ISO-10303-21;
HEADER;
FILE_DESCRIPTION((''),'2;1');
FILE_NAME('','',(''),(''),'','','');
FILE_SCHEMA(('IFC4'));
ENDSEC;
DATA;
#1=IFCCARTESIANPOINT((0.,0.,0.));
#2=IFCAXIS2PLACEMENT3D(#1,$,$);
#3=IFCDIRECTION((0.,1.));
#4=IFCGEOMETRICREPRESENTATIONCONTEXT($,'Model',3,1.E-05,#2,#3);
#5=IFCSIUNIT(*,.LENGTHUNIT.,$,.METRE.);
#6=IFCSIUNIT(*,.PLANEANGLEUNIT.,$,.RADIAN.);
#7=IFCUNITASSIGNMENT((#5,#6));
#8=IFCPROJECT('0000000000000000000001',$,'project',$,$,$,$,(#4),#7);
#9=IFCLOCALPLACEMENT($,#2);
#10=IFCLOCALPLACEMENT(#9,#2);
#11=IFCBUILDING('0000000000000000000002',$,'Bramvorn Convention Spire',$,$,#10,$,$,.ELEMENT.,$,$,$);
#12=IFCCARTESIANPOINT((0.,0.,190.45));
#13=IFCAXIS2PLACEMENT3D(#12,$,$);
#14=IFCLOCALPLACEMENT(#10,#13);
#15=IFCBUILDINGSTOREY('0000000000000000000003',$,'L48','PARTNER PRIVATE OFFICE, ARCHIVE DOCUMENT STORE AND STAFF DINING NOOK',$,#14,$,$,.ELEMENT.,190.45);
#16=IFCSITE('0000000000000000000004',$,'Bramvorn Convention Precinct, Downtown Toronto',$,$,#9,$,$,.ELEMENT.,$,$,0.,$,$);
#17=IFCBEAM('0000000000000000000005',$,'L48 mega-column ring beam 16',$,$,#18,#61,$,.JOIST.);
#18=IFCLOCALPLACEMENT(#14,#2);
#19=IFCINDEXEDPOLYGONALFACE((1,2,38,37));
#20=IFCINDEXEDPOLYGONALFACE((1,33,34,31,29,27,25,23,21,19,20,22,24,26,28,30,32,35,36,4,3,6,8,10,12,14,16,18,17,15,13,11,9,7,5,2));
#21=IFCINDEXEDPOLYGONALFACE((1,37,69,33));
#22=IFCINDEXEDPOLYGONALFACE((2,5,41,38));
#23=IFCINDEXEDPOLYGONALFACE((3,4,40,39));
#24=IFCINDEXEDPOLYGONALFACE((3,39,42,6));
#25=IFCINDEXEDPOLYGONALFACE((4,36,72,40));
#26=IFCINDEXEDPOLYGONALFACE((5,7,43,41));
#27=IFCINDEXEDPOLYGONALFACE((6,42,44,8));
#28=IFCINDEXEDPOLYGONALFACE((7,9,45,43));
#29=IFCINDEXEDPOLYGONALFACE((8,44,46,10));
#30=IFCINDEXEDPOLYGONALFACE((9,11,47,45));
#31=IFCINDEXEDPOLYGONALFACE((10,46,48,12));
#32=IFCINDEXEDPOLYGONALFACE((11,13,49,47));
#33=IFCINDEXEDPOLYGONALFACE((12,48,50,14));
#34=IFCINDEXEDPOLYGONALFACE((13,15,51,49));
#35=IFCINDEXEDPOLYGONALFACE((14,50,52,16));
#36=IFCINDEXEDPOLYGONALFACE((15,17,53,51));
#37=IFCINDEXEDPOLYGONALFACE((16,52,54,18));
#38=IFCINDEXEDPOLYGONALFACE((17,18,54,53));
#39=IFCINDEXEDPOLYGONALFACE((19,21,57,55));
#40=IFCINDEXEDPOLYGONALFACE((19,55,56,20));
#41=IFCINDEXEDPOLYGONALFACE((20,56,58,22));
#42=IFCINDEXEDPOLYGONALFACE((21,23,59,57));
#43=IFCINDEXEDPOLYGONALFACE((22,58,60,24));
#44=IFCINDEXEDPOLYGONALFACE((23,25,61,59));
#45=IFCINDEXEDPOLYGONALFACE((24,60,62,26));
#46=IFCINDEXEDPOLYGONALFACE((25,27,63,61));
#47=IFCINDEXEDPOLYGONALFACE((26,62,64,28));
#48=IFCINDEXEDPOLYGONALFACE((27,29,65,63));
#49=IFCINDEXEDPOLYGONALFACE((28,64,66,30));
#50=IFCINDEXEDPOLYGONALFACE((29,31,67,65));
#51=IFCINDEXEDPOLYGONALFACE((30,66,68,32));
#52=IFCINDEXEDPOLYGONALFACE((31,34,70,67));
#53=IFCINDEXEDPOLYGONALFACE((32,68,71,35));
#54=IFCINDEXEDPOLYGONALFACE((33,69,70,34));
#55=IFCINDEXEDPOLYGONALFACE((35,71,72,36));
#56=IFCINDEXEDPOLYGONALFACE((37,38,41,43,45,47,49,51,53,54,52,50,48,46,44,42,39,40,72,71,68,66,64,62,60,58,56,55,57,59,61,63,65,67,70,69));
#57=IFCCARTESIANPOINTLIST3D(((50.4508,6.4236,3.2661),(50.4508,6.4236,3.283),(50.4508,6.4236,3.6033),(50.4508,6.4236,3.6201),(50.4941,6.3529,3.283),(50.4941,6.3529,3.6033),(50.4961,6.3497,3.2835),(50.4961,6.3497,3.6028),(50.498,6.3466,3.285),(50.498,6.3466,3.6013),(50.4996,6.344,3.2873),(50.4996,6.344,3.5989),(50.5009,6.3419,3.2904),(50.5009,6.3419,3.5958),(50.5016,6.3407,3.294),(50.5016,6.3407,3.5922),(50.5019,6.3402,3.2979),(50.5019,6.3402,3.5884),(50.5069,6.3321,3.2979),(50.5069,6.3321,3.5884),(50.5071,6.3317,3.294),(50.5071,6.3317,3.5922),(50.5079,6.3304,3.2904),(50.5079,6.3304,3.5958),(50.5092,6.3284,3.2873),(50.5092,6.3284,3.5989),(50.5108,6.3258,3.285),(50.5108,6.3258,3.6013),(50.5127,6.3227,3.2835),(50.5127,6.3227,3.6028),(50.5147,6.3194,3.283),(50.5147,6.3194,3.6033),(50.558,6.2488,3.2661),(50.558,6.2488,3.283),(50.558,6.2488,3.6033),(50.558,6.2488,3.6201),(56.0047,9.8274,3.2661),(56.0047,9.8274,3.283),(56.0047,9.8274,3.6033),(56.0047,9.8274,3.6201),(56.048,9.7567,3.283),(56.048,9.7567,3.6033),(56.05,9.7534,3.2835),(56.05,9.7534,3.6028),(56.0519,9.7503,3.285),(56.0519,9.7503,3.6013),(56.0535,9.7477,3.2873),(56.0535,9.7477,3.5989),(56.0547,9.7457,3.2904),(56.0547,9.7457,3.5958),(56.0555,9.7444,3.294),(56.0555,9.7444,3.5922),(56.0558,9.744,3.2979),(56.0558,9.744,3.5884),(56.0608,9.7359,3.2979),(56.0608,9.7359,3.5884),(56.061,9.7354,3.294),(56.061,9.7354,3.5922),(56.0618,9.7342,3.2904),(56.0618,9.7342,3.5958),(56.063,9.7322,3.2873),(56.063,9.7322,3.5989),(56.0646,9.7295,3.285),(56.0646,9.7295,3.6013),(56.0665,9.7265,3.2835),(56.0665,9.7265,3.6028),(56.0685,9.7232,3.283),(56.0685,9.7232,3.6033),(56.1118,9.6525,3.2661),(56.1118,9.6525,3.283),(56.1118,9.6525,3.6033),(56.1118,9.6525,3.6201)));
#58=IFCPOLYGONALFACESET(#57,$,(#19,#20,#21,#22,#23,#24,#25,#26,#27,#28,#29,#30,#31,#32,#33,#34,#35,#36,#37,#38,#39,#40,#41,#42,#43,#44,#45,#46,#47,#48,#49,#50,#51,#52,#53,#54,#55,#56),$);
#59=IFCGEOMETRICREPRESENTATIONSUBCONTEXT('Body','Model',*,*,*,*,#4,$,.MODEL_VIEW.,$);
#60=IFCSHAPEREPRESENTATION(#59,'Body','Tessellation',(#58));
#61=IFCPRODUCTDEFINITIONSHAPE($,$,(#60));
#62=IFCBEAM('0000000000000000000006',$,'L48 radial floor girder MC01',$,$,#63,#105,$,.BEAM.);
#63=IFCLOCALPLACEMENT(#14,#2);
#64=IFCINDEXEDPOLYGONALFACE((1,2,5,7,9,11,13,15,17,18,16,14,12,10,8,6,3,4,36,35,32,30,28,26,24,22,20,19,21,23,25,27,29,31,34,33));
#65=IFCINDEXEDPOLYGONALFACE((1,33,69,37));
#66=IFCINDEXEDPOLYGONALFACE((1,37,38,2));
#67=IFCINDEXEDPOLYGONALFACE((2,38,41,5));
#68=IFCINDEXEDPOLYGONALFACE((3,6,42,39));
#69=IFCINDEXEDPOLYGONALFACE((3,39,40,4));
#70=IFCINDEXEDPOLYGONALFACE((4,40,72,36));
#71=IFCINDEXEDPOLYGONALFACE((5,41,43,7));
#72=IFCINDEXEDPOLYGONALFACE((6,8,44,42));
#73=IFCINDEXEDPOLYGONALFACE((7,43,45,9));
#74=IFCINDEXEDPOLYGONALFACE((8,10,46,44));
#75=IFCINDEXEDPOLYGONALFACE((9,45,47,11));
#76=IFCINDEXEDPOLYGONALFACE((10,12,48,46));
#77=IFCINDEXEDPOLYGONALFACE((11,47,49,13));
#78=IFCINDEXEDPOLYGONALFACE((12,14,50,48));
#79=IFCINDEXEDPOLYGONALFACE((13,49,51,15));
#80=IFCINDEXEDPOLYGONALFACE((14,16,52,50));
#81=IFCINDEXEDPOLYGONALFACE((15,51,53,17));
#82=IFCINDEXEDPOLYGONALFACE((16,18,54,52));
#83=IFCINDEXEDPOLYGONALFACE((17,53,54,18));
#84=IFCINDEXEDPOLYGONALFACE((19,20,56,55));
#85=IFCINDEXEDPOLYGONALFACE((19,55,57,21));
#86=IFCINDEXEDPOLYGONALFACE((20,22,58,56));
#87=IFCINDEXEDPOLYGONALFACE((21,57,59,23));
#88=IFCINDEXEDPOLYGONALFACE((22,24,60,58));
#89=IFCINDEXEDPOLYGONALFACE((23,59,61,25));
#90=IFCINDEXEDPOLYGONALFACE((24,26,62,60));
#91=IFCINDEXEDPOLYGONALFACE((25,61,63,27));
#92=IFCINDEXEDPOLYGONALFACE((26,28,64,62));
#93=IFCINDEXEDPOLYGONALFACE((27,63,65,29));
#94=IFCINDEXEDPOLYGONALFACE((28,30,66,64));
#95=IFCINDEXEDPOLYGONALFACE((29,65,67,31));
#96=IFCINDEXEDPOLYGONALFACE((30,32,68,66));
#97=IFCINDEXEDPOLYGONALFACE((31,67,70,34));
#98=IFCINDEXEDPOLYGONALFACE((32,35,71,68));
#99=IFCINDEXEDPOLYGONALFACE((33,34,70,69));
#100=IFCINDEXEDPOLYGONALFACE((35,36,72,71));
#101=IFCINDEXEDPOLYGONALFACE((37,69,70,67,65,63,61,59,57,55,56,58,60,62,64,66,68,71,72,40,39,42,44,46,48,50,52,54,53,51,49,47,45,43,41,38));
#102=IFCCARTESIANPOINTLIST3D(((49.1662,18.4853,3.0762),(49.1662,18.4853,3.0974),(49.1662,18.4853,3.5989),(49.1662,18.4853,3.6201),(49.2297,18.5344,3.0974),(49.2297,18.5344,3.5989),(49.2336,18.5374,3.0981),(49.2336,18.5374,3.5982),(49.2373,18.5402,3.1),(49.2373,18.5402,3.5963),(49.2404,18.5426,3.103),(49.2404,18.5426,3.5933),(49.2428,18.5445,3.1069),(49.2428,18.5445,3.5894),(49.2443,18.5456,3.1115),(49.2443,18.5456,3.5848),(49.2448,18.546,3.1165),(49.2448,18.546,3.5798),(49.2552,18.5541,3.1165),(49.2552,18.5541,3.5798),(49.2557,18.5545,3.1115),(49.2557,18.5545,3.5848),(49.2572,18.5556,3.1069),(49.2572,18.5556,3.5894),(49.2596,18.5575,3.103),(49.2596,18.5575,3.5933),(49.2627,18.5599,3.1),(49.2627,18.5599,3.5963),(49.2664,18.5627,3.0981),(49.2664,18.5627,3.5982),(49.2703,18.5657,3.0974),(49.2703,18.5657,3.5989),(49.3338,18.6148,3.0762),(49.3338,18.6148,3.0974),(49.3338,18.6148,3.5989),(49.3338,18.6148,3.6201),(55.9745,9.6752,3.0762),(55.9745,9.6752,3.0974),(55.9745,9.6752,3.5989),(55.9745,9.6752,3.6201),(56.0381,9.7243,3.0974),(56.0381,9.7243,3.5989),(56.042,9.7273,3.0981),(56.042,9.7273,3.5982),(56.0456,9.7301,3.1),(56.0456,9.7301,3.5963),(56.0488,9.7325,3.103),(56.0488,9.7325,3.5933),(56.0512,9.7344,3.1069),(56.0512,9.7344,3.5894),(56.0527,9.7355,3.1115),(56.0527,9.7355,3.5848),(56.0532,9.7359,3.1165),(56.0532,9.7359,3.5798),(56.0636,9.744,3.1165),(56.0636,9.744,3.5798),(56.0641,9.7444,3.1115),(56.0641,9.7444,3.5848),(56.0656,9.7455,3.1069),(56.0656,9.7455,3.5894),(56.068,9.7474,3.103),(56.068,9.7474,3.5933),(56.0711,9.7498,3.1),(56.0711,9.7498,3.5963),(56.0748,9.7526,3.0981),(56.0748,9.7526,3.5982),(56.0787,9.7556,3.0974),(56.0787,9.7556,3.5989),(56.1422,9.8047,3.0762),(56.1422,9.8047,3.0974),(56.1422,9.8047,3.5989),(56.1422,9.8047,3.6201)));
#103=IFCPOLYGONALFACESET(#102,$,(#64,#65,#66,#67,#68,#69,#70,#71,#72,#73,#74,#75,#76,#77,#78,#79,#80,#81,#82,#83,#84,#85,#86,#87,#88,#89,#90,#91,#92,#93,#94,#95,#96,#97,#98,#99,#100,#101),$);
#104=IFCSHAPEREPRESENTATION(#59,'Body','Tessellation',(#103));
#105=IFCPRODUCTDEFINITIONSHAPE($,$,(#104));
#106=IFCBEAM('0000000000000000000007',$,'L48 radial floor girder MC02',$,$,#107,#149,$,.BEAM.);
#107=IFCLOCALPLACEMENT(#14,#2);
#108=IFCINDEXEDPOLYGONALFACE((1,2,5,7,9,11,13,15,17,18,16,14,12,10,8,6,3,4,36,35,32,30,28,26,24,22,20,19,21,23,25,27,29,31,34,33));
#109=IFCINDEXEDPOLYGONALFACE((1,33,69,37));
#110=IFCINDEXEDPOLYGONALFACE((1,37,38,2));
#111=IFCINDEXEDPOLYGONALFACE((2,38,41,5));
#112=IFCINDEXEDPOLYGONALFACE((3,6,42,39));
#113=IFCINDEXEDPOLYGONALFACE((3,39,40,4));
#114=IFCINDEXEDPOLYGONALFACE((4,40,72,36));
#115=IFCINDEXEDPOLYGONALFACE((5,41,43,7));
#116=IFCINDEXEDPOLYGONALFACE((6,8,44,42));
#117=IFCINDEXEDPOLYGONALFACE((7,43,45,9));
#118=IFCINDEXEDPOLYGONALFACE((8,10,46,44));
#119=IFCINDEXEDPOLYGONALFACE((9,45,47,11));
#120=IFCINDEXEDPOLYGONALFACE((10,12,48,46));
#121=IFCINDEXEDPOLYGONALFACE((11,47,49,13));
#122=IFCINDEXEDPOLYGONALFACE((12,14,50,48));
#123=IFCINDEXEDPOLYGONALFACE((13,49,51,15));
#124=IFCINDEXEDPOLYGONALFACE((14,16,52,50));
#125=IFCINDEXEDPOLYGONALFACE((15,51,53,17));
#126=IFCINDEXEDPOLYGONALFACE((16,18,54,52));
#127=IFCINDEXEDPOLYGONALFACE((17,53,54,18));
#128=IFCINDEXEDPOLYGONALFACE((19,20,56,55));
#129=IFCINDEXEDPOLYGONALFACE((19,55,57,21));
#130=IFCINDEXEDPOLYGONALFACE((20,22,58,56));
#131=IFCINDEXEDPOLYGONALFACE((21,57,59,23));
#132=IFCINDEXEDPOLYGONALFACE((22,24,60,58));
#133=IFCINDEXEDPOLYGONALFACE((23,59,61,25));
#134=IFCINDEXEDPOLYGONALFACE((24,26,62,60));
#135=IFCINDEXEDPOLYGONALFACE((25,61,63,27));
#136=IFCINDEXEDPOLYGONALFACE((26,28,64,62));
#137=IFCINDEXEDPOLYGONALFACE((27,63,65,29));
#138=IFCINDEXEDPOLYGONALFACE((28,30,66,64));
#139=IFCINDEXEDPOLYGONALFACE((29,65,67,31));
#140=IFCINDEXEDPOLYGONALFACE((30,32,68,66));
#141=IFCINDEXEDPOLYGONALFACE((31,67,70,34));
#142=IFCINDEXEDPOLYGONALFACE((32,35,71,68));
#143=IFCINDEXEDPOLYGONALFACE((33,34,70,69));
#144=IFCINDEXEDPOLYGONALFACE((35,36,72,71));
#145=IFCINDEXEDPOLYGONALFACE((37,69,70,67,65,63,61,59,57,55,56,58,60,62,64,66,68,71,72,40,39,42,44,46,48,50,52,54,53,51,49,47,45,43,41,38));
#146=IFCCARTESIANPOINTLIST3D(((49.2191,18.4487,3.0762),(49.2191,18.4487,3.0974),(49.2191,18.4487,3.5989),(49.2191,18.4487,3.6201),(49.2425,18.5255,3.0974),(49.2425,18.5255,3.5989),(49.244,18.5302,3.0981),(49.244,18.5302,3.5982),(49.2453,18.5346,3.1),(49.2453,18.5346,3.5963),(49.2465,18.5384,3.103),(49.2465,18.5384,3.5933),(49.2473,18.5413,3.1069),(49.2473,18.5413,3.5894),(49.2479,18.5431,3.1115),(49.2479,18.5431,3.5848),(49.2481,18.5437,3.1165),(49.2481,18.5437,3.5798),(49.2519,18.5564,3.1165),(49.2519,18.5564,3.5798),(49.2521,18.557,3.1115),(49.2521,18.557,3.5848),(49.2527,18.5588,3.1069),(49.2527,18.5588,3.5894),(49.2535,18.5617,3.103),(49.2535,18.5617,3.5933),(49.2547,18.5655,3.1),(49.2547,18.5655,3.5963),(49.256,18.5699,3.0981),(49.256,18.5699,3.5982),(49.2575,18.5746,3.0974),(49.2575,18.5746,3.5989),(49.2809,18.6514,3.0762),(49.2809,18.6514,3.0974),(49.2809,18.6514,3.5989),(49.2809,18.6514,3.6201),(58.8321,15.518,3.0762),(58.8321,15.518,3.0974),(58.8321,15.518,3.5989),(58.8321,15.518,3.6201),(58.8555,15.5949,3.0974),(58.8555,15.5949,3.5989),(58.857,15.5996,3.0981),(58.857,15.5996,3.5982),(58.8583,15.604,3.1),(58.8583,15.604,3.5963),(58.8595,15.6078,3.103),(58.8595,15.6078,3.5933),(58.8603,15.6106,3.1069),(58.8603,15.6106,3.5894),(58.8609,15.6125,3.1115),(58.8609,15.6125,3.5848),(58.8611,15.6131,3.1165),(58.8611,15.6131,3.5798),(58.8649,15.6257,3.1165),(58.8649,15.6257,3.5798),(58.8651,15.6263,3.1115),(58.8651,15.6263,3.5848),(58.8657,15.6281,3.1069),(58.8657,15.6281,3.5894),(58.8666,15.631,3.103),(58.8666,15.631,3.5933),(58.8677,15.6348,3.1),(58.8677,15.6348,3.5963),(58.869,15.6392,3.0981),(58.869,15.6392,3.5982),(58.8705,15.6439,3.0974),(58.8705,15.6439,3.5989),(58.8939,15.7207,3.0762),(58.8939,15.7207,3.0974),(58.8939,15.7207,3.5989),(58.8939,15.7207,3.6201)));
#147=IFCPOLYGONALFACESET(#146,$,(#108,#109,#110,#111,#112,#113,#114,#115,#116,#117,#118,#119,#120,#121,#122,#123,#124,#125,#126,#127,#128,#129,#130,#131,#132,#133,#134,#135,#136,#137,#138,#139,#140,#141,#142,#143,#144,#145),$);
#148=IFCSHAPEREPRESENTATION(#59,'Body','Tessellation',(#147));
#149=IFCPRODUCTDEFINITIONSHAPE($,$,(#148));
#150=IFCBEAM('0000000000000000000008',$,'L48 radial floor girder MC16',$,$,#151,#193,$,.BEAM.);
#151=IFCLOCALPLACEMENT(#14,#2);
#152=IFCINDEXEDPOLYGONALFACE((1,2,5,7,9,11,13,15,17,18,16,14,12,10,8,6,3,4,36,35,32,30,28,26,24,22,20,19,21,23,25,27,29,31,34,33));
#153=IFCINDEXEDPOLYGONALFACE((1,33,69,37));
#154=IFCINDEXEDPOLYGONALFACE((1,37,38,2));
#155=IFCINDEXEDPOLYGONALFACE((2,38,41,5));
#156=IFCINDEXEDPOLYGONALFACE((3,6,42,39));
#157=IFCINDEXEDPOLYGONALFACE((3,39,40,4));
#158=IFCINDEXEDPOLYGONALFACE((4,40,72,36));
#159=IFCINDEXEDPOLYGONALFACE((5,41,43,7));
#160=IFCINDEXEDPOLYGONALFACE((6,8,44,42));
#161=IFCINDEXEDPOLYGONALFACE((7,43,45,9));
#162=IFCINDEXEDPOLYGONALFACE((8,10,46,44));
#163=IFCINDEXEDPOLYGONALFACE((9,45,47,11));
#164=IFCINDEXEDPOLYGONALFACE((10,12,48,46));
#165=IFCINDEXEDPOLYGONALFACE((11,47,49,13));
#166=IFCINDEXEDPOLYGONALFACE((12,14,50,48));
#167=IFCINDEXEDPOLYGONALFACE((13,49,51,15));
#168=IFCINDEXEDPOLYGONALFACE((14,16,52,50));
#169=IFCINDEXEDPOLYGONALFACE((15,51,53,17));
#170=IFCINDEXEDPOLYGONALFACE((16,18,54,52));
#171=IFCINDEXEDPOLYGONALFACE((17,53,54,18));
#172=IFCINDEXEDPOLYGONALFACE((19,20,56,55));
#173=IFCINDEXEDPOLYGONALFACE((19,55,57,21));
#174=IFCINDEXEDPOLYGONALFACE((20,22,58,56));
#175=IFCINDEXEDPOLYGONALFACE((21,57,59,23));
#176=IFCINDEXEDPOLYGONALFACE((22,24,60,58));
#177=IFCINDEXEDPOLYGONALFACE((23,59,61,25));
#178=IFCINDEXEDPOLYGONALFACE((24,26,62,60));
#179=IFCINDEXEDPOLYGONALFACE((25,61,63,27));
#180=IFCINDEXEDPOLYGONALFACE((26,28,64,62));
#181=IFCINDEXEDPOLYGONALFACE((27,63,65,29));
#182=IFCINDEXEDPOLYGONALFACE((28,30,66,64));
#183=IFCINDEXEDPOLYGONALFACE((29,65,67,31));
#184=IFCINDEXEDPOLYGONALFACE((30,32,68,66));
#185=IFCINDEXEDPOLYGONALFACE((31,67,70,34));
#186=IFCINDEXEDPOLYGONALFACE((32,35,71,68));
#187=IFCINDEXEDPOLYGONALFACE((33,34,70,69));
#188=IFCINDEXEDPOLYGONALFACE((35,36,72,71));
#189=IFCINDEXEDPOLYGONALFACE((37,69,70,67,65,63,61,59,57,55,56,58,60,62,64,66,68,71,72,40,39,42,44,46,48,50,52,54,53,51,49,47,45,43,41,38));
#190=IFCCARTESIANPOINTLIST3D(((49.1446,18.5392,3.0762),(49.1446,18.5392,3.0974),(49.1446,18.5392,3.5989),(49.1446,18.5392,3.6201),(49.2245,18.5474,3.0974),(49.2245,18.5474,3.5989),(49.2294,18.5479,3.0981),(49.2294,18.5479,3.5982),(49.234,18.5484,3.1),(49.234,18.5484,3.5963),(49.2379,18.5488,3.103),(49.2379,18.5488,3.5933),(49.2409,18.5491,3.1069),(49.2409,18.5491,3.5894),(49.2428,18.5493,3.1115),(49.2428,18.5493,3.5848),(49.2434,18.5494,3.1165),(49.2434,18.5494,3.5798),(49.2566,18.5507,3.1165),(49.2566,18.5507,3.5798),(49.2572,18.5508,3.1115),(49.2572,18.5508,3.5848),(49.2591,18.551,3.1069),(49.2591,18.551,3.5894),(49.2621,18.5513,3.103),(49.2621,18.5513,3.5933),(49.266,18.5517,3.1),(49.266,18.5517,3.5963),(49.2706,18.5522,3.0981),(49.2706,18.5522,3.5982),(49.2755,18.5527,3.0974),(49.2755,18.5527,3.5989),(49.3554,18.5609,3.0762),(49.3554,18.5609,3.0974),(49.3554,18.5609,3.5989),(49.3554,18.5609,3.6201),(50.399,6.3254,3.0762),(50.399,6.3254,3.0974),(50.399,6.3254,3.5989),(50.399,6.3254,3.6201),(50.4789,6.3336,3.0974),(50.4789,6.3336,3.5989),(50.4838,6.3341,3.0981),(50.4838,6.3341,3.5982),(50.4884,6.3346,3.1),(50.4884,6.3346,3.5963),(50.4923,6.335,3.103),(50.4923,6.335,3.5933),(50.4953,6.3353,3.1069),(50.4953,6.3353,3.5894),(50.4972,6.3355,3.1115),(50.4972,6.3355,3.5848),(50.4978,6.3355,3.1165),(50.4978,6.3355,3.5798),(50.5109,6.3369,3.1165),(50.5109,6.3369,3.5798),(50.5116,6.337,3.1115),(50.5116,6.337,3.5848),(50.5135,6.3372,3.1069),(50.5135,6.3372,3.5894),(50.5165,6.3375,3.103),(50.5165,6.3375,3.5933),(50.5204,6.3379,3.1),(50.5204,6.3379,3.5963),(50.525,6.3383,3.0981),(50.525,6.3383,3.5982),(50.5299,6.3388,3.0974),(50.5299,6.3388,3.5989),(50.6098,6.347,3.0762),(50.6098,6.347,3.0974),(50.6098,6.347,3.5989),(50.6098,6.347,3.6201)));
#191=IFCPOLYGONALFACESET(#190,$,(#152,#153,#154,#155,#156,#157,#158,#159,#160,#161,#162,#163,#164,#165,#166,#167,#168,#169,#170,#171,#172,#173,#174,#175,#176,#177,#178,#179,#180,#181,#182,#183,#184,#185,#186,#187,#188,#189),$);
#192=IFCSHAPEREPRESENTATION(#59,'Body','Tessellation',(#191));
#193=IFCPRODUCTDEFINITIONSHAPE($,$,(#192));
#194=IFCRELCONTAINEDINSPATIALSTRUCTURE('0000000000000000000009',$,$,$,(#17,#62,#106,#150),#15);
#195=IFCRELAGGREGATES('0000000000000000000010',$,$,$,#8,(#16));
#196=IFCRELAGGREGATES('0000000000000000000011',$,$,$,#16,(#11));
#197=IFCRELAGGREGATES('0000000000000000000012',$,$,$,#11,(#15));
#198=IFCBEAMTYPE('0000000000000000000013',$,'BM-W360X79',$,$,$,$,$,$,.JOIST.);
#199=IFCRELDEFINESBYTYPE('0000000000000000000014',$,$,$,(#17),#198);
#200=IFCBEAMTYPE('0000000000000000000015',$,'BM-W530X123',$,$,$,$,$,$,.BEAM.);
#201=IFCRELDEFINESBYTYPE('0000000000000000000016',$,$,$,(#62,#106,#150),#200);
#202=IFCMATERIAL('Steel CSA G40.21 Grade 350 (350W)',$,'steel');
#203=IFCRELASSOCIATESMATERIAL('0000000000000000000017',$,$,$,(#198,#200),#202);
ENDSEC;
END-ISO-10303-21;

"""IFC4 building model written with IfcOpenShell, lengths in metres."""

from ifc_helpers import new_model, si_unit, direction, frame, origin, origin_2d, place, context, subcontext, project, spatial, i_section, extrude, material, material_profile, profile_set, type_object, element, save


model = new_model("IFC4")

# Units and contexts
model_context = context("Model", 3, precision=1e-05, world=origin(), true_north=direction((0.0, 1.0)))
body_context = subcontext(model_context, "Body", "Model", "MODEL_VIEW")
ifc_project = project(units=[si_unit("LENGTHUNIT", "METRE"), si_unit("PLANEANGLEUNIT", "RADIAN")], contexts=[model_context])

# Site, building, storey
site_placement = place(None, origin())
site = spatial("IfcSite", under=ifc_project, at=site_placement, Name="Bramvorn Convention Precinct, Downtown Toronto", CompositionType="ELEMENT", RefElevation=0.0)
building_placement = place(site_placement, origin())
building = spatial("IfcBuilding", under=site, at=building_placement, Name="Bramvorn Convention Spire", CompositionType="ELEMENT")
storey_placement = place(building_placement, frame((0.0, 0.0, 190.45)))
storey = spatial("IfcBuildingStorey", under=building, at=storey_placement, Name="L48", Description="PARTNER PRIVATE OFFICE, ARCHIVE DOCUMENT STORE AND STAFF DINING NOOK", CompositionType="ELEMENT", Elevation=190.45)

# Shared definitions
ifc_material_1 = material(Name="Steel CSA G40.21 Grade 350 (350W)", Category="steel")

# Beams
ifc_material_profile_1 = material_profile(ifc_material_1, i_section(OverallWidth=0.2051, OverallDepth=0.354, WebThickness=0.0095, FlangeThickness=0.0168, FilletRadius=0.0149, at=origin_2d()))
ifc_profile_set_1 = profile_set([ifc_material_profile_1], Name="Steel CSA G40.21 Grade 350 (350W) - W360X79")
beam_type_1 = type_object("IfcBeamType", Name="BM-W360X79", PredefinedType="JOIST", material=ifc_profile_set_1)
beam_1_placement = place(storey_placement, frame((50.5044, 6.3362, 3.4431), z_axis=(0.852617, 0.522537, 0.0), x_axis=(-0.522537, 0.852617, 0.0)))
element("IfcBeam", 1, at=beam_1_placement, inside=storey, type_object=beam_type_1, Name="L48 mega-column ring beam 16", PredefinedType="JOIST", context=body_context, shape_type="SweptSolid", body=[
    extrude(i_section(OverallWidth=0.2051, OverallDepth=0.354, WebThickness=0.0095, FlangeThickness=0.0168, FilletRadius=0.0149, at=origin_2d()), origin(), (0.0, 0.0, 1.0), 6.5139),
])
ifc_material_profile_2 = material_profile(ifc_material_1, i_section(OverallWidth=0.2119, OverallDepth=0.5439, WebThickness=0.0132, FlangeThickness=0.0212, FilletRadius=0.019, at=origin_2d()))
ifc_profile_set_2 = profile_set([ifc_material_profile_2], Name="Steel CSA G40.21 Grade 350 (350W) - W530X123")
beam_type_2 = type_object("IfcBeamType", Name="BM-W530X123", PredefinedType="BEAM", material=ifc_profile_set_2)
beam_2_placement = place(storey_placement, frame((49.25, 18.55, 3.3481), z_axis=(0.61148, -0.79126, 0.0), x_axis=(0.79126, 0.61148, 0.0)))
element("IfcBeam", 2, at=beam_2_placement, inside=storey, type_object=beam_type_2, Name="L48 radial floor girder MC01", PredefinedType="BEAM", context=body_context, shape_type="SweptSolid", body=[
    extrude(i_section(OverallWidth=0.2119, OverallDepth=0.5439, WebThickness=0.0132, FlangeThickness=0.0212, FilletRadius=0.019, at=origin_2d()), origin(), (0.0, 0.0, 1.0), 11.1343),
])
beam_3_placement = place(storey_placement, frame((49.25, 18.55, 3.3481), z_axis=(0.956536, -0.291613, 0.0), x_axis=(0.291613, 0.956536, 0.0)))
element("IfcBeam", 3, at=beam_3_placement, inside=storey, type_object=beam_type_2, Name="L48 radial floor girder MC02", PredefinedType="BEAM", context=body_context, shape_type="SweptSolid", body=[
    extrude(i_section(OverallWidth=0.2119, OverallDepth=0.5439, WebThickness=0.0132, FlangeThickness=0.0212, FilletRadius=0.019, at=origin_2d()), origin(), (0.0, 0.0, 1.0), 10.0498),
])
beam_4_placement = place(storey_placement, frame((49.25, 18.55, 3.3481), z_axis=(0.102165, -0.994767, 0.0), x_axis=(0.994767, 0.102165, 0.0)))
element("IfcBeam", 4, at=beam_4_placement, inside=storey, type_object=beam_type_2, Name="L48 radial floor girder MC16", PredefinedType="BEAM", context=body_context, shape_type="SweptSolid", body=[
    extrude(i_section(OverallWidth=0.2119, OverallDepth=0.5439, WebThickness=0.0132, FlangeThickness=0.0212, FilletRadius=0.019, at=origin_2d()), origin(), (0.0, 0.0, 1.0), 12.2781),
])

save(model, "model.ifc")
